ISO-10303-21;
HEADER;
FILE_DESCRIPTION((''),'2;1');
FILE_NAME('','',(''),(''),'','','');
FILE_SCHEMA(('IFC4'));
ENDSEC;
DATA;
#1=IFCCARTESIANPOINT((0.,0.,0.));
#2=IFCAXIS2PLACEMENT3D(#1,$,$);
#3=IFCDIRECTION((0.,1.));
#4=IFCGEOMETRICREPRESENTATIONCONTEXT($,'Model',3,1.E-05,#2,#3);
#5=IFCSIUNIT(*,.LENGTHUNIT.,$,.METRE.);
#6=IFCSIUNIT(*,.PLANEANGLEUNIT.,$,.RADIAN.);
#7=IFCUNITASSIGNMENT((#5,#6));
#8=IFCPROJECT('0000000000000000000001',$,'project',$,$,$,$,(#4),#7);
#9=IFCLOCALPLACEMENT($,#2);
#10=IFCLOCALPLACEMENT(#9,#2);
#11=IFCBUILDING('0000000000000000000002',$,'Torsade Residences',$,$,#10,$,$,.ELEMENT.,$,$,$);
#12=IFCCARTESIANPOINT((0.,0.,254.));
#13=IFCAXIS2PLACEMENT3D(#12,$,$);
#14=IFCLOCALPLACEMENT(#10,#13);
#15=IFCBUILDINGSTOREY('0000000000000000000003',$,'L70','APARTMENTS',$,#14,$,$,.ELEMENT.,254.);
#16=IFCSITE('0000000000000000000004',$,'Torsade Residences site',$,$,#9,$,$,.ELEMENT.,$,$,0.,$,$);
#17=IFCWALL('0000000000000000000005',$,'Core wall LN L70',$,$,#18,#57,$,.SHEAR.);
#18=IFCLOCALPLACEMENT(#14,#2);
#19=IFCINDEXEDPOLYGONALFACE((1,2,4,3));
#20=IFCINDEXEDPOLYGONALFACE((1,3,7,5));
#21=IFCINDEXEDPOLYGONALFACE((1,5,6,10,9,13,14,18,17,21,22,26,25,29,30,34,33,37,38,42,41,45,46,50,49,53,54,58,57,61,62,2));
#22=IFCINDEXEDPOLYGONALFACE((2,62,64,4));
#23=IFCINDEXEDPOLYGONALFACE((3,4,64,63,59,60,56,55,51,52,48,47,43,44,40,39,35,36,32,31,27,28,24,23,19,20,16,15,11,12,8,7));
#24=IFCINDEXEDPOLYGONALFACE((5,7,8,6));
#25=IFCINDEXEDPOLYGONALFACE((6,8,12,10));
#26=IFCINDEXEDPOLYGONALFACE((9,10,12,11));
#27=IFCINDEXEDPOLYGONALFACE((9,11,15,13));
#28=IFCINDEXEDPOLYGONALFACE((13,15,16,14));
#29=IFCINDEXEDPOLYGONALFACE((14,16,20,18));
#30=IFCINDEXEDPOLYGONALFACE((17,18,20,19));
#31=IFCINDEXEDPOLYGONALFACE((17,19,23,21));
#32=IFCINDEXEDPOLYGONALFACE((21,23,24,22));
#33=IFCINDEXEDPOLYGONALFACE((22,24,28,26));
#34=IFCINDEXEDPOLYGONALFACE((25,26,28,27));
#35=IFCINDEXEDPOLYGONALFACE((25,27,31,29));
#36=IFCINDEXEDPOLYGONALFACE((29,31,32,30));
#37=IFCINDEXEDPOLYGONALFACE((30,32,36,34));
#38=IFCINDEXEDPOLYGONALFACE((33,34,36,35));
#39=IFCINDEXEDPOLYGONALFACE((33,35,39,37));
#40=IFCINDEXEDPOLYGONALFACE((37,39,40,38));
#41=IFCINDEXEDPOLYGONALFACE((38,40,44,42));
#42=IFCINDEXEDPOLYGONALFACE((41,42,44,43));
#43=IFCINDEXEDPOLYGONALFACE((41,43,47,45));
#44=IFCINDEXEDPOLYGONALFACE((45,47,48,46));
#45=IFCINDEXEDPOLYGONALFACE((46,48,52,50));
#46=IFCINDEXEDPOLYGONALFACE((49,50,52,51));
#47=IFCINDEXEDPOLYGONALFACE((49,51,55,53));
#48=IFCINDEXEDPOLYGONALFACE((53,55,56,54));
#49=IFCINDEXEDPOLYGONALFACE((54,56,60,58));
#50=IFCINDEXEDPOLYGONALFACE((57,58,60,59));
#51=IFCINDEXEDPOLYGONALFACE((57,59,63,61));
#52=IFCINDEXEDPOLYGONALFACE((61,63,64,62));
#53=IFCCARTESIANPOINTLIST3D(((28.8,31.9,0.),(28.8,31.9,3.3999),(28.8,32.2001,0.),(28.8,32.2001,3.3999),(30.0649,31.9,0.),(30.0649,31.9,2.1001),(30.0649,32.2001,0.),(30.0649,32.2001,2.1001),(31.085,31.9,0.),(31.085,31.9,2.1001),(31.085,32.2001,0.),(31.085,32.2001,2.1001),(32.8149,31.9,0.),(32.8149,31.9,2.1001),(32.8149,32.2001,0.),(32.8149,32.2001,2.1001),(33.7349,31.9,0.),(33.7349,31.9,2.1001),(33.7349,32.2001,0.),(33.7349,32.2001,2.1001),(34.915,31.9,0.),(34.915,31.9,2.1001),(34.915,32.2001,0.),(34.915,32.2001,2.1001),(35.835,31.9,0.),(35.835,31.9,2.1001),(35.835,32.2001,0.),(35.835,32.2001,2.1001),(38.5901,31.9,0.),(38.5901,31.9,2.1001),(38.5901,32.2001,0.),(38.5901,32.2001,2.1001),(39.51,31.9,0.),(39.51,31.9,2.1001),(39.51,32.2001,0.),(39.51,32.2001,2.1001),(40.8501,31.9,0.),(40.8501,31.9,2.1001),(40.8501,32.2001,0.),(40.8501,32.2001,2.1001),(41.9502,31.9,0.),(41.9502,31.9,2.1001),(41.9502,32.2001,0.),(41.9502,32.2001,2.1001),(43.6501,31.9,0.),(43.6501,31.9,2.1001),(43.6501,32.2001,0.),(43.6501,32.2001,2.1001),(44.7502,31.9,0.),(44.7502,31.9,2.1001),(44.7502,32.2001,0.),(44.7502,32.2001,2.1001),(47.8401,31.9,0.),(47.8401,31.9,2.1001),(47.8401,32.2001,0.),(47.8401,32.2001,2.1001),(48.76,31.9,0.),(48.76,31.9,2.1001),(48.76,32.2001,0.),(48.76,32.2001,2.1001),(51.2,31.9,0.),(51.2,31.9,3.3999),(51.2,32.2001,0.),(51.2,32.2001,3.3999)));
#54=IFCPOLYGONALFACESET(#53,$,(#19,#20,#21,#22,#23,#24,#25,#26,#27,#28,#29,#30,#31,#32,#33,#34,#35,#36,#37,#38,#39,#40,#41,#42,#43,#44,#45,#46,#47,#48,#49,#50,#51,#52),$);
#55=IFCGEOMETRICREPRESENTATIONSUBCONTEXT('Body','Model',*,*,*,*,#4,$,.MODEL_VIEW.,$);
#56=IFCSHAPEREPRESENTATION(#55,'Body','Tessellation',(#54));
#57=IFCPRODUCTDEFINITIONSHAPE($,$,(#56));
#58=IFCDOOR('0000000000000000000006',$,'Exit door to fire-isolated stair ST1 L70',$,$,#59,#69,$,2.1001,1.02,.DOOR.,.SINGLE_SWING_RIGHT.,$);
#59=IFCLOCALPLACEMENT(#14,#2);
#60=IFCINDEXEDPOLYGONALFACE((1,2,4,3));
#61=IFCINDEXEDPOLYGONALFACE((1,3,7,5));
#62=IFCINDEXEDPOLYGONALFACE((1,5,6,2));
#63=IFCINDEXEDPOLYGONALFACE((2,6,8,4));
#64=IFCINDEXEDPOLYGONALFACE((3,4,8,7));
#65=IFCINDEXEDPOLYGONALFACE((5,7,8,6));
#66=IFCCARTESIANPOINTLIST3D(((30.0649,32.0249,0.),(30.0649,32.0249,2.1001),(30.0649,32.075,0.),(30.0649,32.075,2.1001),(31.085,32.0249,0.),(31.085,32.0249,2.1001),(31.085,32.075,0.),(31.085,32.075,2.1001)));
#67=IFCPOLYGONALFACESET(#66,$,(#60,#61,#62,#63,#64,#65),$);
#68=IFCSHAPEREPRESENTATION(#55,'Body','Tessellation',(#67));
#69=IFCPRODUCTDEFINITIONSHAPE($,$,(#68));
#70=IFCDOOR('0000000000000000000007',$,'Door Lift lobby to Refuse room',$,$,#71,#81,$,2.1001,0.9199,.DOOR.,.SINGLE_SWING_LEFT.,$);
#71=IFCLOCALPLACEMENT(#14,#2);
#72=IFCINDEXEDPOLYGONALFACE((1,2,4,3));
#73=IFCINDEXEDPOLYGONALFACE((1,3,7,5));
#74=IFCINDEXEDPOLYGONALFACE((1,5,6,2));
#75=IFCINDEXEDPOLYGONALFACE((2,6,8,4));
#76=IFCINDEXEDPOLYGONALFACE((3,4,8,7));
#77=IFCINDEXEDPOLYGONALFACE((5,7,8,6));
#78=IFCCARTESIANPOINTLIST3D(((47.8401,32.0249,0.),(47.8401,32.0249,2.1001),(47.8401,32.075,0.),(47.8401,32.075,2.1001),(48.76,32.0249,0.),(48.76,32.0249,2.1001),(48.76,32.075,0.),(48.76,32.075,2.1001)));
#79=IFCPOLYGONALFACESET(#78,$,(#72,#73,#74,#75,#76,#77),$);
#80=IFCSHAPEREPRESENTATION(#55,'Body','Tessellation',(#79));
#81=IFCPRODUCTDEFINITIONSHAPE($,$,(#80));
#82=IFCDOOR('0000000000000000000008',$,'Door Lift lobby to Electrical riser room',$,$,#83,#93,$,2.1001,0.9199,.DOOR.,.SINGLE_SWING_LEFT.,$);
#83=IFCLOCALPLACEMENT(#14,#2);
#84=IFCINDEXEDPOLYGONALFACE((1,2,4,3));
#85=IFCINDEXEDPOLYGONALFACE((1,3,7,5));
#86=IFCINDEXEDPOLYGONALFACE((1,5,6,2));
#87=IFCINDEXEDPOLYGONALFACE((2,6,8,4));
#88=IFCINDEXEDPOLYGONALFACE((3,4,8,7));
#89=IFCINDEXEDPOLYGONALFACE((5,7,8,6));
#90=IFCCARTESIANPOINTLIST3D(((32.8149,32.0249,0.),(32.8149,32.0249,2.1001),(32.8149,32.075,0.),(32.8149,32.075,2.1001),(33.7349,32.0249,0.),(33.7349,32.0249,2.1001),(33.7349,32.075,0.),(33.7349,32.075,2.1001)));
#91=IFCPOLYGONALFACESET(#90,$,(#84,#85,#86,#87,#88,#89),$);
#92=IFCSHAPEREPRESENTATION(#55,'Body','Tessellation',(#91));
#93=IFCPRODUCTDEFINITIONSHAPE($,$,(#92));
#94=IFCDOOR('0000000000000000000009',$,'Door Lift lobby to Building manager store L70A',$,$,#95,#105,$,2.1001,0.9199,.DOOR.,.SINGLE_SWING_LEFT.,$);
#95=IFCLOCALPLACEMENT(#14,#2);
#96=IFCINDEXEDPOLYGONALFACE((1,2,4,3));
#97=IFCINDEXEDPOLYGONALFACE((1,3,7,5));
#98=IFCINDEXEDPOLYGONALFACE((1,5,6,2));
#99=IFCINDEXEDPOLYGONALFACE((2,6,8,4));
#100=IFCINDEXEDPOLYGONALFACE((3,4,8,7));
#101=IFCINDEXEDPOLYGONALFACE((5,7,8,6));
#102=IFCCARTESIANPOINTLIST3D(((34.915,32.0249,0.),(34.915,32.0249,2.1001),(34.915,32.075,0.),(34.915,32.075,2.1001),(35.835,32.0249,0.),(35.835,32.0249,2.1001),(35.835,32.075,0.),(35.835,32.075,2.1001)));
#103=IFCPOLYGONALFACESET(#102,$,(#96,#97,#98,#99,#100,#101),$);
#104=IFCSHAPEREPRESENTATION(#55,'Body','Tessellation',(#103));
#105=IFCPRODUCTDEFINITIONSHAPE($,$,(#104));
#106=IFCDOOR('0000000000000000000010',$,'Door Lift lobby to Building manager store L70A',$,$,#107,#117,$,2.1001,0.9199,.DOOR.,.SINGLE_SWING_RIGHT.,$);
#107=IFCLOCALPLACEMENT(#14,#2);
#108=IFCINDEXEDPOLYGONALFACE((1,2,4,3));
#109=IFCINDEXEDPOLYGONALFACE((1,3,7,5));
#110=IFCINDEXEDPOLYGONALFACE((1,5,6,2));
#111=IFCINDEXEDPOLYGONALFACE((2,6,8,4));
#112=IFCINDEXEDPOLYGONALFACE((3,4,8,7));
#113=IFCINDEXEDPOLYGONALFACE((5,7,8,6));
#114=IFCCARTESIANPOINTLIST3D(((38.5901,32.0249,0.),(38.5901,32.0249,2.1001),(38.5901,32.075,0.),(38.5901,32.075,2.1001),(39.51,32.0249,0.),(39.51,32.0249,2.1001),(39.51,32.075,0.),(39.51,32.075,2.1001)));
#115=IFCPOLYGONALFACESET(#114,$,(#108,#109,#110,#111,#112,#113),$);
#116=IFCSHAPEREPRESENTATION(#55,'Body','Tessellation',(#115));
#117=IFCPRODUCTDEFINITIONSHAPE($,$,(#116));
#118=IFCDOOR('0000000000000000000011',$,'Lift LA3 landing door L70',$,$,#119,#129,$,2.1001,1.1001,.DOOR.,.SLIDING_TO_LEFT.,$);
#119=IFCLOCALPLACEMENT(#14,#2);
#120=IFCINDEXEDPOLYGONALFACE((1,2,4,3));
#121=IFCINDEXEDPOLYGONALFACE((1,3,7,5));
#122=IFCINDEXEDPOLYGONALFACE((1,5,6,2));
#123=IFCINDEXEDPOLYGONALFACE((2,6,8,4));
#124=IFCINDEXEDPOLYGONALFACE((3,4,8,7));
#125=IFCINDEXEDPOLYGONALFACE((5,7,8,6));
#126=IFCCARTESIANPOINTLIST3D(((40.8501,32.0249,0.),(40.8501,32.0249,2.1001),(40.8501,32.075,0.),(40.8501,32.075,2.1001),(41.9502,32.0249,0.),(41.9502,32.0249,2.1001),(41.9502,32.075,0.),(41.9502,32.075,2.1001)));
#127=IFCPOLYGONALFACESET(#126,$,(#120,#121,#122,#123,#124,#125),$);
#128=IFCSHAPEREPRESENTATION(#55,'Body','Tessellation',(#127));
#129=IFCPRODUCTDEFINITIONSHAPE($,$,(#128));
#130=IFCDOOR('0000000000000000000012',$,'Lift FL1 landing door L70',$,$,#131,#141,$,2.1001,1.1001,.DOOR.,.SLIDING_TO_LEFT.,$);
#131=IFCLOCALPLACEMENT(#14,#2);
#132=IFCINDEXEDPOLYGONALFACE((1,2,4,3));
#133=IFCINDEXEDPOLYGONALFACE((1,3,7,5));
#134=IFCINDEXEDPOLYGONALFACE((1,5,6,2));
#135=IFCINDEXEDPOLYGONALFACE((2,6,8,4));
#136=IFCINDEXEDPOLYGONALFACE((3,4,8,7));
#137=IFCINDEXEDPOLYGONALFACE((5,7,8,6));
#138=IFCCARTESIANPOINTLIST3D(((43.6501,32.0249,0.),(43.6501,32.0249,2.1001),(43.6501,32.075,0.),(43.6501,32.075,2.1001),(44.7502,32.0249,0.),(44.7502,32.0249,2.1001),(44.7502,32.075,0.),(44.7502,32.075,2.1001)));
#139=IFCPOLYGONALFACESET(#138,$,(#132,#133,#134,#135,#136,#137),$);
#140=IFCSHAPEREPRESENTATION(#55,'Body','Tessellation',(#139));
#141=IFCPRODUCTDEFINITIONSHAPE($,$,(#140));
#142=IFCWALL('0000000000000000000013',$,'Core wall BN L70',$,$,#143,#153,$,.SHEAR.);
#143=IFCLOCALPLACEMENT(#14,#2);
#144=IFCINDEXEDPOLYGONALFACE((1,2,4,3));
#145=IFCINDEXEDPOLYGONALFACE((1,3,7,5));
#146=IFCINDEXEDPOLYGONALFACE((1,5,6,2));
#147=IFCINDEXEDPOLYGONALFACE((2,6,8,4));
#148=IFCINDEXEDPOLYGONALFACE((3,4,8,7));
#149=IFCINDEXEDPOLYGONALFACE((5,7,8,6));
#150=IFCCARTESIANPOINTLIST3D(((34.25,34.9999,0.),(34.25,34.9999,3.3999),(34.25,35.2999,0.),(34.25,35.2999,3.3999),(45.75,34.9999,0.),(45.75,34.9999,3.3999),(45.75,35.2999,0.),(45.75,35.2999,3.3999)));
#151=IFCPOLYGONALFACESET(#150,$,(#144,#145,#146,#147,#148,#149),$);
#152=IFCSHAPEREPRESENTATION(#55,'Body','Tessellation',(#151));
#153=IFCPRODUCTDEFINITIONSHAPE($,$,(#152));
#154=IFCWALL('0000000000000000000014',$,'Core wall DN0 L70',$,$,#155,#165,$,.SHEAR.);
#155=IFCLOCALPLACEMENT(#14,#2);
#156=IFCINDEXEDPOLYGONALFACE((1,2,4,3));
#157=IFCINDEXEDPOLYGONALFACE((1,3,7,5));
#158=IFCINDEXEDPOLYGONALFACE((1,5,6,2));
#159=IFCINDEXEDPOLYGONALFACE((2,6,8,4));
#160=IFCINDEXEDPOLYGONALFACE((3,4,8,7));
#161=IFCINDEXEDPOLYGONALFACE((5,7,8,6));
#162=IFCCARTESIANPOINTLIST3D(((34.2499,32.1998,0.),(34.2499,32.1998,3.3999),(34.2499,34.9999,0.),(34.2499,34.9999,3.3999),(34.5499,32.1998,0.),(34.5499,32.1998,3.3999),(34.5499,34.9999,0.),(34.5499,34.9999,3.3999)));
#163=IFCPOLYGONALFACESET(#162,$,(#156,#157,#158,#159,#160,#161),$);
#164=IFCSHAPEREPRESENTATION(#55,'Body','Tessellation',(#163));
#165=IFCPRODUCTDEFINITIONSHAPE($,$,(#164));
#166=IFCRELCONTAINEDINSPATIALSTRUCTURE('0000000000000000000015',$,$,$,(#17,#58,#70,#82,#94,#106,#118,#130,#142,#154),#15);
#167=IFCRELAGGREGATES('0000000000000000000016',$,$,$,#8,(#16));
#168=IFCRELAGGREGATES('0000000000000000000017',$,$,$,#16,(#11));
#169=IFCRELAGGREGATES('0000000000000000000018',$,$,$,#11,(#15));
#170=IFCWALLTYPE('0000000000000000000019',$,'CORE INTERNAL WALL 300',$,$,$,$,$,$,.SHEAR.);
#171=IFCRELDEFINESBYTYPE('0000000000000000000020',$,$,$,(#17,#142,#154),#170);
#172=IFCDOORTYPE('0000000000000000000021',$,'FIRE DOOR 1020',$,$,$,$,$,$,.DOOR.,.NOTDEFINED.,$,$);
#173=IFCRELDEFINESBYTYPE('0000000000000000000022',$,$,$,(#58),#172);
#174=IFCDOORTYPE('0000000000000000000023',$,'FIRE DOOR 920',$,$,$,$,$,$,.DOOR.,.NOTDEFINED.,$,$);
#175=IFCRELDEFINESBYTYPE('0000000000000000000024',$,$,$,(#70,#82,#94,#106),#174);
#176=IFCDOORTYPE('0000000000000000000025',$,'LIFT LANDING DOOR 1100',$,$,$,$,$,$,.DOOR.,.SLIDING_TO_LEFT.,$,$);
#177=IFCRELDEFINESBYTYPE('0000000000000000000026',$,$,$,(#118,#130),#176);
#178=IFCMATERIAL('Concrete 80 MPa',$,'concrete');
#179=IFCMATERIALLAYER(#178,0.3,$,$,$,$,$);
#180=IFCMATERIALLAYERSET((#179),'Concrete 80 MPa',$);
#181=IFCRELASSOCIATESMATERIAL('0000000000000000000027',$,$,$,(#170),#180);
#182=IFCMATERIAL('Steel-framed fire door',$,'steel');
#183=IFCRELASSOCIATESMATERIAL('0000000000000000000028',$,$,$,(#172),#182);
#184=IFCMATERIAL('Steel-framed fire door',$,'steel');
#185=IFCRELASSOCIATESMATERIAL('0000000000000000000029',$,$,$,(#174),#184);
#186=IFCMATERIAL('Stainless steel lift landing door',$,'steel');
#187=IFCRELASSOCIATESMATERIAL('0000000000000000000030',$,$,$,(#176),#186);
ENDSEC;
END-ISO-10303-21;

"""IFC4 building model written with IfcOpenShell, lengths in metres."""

from ifc_helpers import new_model, si_unit, direction, frame, frame_2d, origin, place, context, subcontext, project, spatial, rectangle, extrude, material, layer, layer_set, type_object, element, fill, save


model = new_model("IFC4")

# Units and contexts
model_context = context("Model", 3, precision=1e-05, world=origin(), true_north=direction((0.0, 1.0)))
body_context = subcontext(model_context, "Body", "Model", "MODEL_VIEW")
ifc_project = project(units=[si_unit("LENGTHUNIT", "METRE"), si_unit("PLANEANGLEUNIT", "RADIAN")], contexts=[model_context])

# Site, building, storey
site_placement = place(None, origin())
site = spatial("IfcSite", under=ifc_project, at=site_placement, Name="Torsade Residences site", CompositionType="ELEMENT", RefElevation=0.0)
building_placement = place(site_placement, origin())
building = spatial("IfcBuilding", under=site, at=building_placement, Name="Torsade Residences", CompositionType="ELEMENT")
storey_placement = place(building_placement, frame((0.0, 0.0, 254.0)))
storey = spatial("IfcBuildingStorey", under=building, at=storey_placement, Name="L70", Description="APARTMENTS", CompositionType="ELEMENT", Elevation=254.0)

# Wall, openings, doors
ifc_material_1 = material(Name="Concrete 80 MPa", Category="concrete")
ifc_layer_1 = layer(ifc_material_1, 0.3)
ifc_layer_set_1 = layer_set([ifc_layer_1], Name="Concrete 80 MPa")
wall_type_1 = type_object("IfcWallType", Name="CORE INTERNAL WALL 300", PredefinedType="SHEAR", material=ifc_layer_set_1)
wall_1_placement = place(storey_placement, frame((28.8, 32.05, 0.0), z_axis=(0.0, 0.0, 1.0), x_axis=(1.0, 0.0, 0.0)))
wall_1 = element("IfcWall", 1, at=wall_1_placement, inside=storey, type_object=wall_type_1, Name="Core wall LN L70", PredefinedType="SHEAR", context=body_context, shape_type="SweptSolid", body=[
    extrude(rectangle(XDim=22.3999, YDim=0.3, at=frame_2d((11.2, 0.0))), origin(), (0.0, 0.0, 1.0), 3.3999),
])
opening_1_placement = place(wall_1_placement, frame((19.04, 0.0, 0.0)))
opening_1 = element("IfcOpeningElement", 2, at=opening_1_placement, cuts=wall_1, PredefinedType="OPENING", context=body_context, shape_type="SweptSolid", body=[
    extrude(rectangle(XDim=0.9199, YDim=2.1001, at=frame_2d((0.46, 1.05))), frame((0.0, 0.1599, 0.0), z_axis=(0.0, -1.0, 0.0), x_axis=(1.0, 0.0, 0.0)), (0.0, 0.0, 1.0), 0.3201),
])
opening_2_placement = place(wall_1_placement, frame((1.2649, 0.0, 0.0)))
opening_2 = element("IfcOpeningElement", 3, at=opening_2_placement, cuts=wall_1, PredefinedType="OPENING", context=body_context, shape_type="SweptSolid", body=[
    extrude(rectangle(XDim=1.02, YDim=2.1001, at=frame_2d((0.51, 1.05))), frame((0.0, 0.1599, 0.0), z_axis=(0.0, -1.0, 0.0), x_axis=(1.0, 0.0, 0.0)), (0.0, 0.0, 1.0), 0.3201),
])
opening_3_placement = place(wall_1_placement, frame((4.0149, 0.0, 0.0)))
opening_3 = element("IfcOpeningElement", 4, at=opening_3_placement, cuts=wall_1, PredefinedType="OPENING", context=body_context, shape_type="SweptSolid", body=[
    extrude(rectangle(XDim=0.9199, YDim=2.1001, at=frame_2d((0.46, 1.05))), frame((0.0, 0.1599, 0.0), z_axis=(0.0, -1.0, 0.0), x_axis=(1.0, 0.0, 0.0)), (0.0, 0.0, 1.0), 0.3201),
])
opening_4_placement = place(wall_1_placement, frame((6.115, 0.0, 0.0)))
opening_4 = element("IfcOpeningElement", 5, at=opening_4_placement, cuts=wall_1, PredefinedType="OPENING", context=body_context, shape_type="SweptSolid", body=[
    extrude(rectangle(XDim=0.9199, YDim=2.1001, at=frame_2d((0.46, 1.05))), frame((0.0, 0.1599, 0.0), z_axis=(0.0, -1.0, 0.0), x_axis=(1.0, 0.0, 0.0)), (0.0, 0.0, 1.0), 0.3201),
])
opening_5_placement = place(wall_1_placement, frame((9.79, 0.0, 0.0)))
opening_5 = element("IfcOpeningElement", 6, at=opening_5_placement, cuts=wall_1, PredefinedType="OPENING", context=body_context, shape_type="SweptSolid", body=[
    extrude(rectangle(XDim=0.9199, YDim=2.1001, at=frame_2d((0.46, 1.05))), frame((0.0, 0.1599, 0.0), z_axis=(0.0, -1.0, 0.0), x_axis=(1.0, 0.0, 0.0)), (0.0, 0.0, 1.0), 0.3201),
])
opening_6_placement = place(wall_1_placement, frame((12.05, 0.0, 0.0)))
opening_6 = element("IfcOpeningElement", 7, at=opening_6_placement, cuts=wall_1, PredefinedType="OPENING", context=body_context, shape_type="SweptSolid", body=[
    extrude(rectangle(XDim=1.1001, YDim=2.1001, at=frame_2d((0.55, 1.05))), frame((0.0, 0.1599, 0.0), z_axis=(0.0, -1.0, 0.0), x_axis=(1.0, 0.0, 0.0)), (0.0, 0.0, 1.0), 0.3201),
])
opening_7_placement = place(wall_1_placement, frame((14.8501, 0.0, 0.0)))
opening_7 = element("IfcOpeningElement", 8, at=opening_7_placement, cuts=wall_1, PredefinedType="OPENING", context=body_context, shape_type="SweptSolid", body=[
    extrude(rectangle(XDim=1.1001, YDim=2.1001, at=frame_2d((0.55, 1.05))), frame((0.0, 0.1599, 0.0), z_axis=(0.0, -1.0, 0.0), x_axis=(1.0, 0.0, 0.0)), (0.0, 0.0, 1.0), 0.3201),
])
ifc_material_2 = material(Name="Steel-framed fire door", Category="steel")
door_type_1 = type_object("IfcDoorType", Name="FIRE DOOR 1020", OperationType="NOTDEFINED", PredefinedType="DOOR", material=ifc_material_2)
door_1_placement = place(opening_2_placement, origin())
door_1 = element("IfcDoor", 9, at=door_1_placement, inside=storey, type_object=door_type_1, Name="Exit door to fire-isolated stair ST1 L70", OperationType="SINGLE_SWING_RIGHT", OverallHeight=2.1001, OverallWidth=1.02, PredefinedType="DOOR", context=body_context, shape_type="SweptSolid", body=[
    extrude(rectangle(XDim=1.02, YDim=2.1001, at=frame_2d((0.51, 1.05))), frame((0.0, 0.0249, 0.0), z_axis=(0.0, -1.0, 0.0), x_axis=(1.0, 0.0, 0.0)), (0.0, 0.0, 1.0), 0.05),
])
fill(opening_2, door_1)
ifc_material_3 = material(Name="Steel-framed fire door", Category="steel")
door_type_2 = type_object("IfcDoorType", Name="FIRE DOOR 920", OperationType="NOTDEFINED", PredefinedType="DOOR", material=ifc_material_3)
door_2_placement = place(opening_1_placement, origin())
door_2 = element("IfcDoor", 10, at=door_2_placement, inside=storey, type_object=door_type_2, Name="Door Lift lobby to Refuse room", OperationType="SINGLE_SWING_LEFT", OverallHeight=2.1001, OverallWidth=0.9199, PredefinedType="DOOR", context=body_context, shape_type="SweptSolid", body=[
    extrude(rectangle(XDim=0.9199, YDim=2.1001, at=frame_2d((0.46, 1.05))), frame((0.0, 0.0249, 0.0), z_axis=(0.0, -1.0, 0.0), x_axis=(1.0, 0.0, 0.0)), (0.0, 0.0, 1.0), 0.05),
])
fill(opening_1, door_2)
door_3_placement = place(opening_3_placement, origin())
door_3 = element("IfcDoor", 11, at=door_3_placement, inside=storey, type_object=door_type_2, Name="Door Lift lobby to Electrical riser room", OperationType="SINGLE_SWING_LEFT", OverallHeight=2.1001, OverallWidth=0.9199, PredefinedType="DOOR", context=body_context, shape_type="SweptSolid", body=[
    extrude(rectangle(XDim=0.9199, YDim=2.1001, at=frame_2d((0.46, 1.05))), frame((0.0, 0.0249, 0.0), z_axis=(0.0, -1.0, 0.0), x_axis=(1.0, 0.0, 0.0)), (0.0, 0.0, 1.0), 0.05),
])
fill(opening_3, door_3)
door_4_placement = place(opening_4_placement, origin())
door_4 = element("IfcDoor", 12, at=door_4_placement, inside=storey, type_object=door_type_2, Name="Door Lift lobby to Building manager store L70A", OperationType="SINGLE_SWING_LEFT", OverallHeight=2.1001, OverallWidth=0.9199, PredefinedType="DOOR", context=body_context, shape_type="SweptSolid", body=[
    extrude(rectangle(XDim=0.9199, YDim=2.1001, at=frame_2d((0.46, 1.05))), frame((0.0, 0.0249, 0.0), z_axis=(0.0, -1.0, 0.0), x_axis=(1.0, 0.0, 0.0)), (0.0, 0.0, 1.0), 0.05),
])
fill(opening_4, door_4)
door_5_placement = place(opening_5_placement, origin())
door_5 = element("IfcDoor", 13, at=door_5_placement, inside=storey, type_object=door_type_2, Name="Door Lift lobby to Building manager store L70A", OperationType="SINGLE_SWING_RIGHT", OverallHeight=2.1001, OverallWidth=0.9199, PredefinedType="DOOR", context=body_context, shape_type="SweptSolid", body=[
    extrude(rectangle(XDim=0.9199, YDim=2.1001, at=frame_2d((0.46, 1.05))), frame((0.0, 0.0249, 0.0), z_axis=(0.0, -1.0, 0.0), x_axis=(1.0, 0.0, 0.0)), (0.0, 0.0, 1.0), 0.05),
])
fill(opening_5, door_5)
ifc_material_4 = material(Name="Stainless steel lift landing door", Category="steel")
door_type_3 = type_object("IfcDoorType", Name="LIFT LANDING DOOR 1100", OperationType="SLIDING_TO_LEFT", PredefinedType="DOOR", material=ifc_material_4)
door_6_placement = place(opening_6_placement, origin())
door_6 = element("IfcDoor", 14, at=door_6_placement, inside=storey, type_object=door_type_3, Name="Lift LA3 landing door L70", OperationType="SLIDING_TO_LEFT", OverallHeight=2.1001, OverallWidth=1.1001, PredefinedType="DOOR", context=body_context, shape_type="SweptSolid", body=[
    extrude(rectangle(XDim=1.1001, YDim=2.1001, at=frame_2d((0.55, 1.05))), frame((0.0, 0.0249, 0.0), z_axis=(0.0, -1.0, 0.0), x_axis=(1.0, 0.0, 0.0)), (0.0, 0.0, 1.0), 0.05),
])
fill(opening_6, door_6)
door_7_placement = place(opening_7_placement, origin())
door_7 = element("IfcDoor", 15, at=door_7_placement, inside=storey, type_object=door_type_3, Name="Lift FL1 landing door L70", OperationType="SLIDING_TO_LEFT", OverallHeight=2.1001, OverallWidth=1.1001, PredefinedType="DOOR", context=body_context, shape_type="SweptSolid", body=[
    extrude(rectangle(XDim=1.1001, YDim=2.1001, at=frame_2d((0.55, 1.05))), frame((0.0, 0.0249, 0.0), z_axis=(0.0, -1.0, 0.0), x_axis=(1.0, 0.0, 0.0)), (0.0, 0.0, 1.0), 0.05),
])
fill(opening_7, door_7)

# Walls
wall_2_placement = place(storey_placement, frame((34.25, 35.1499, 0.0), z_axis=(0.0, 0.0, 1.0), x_axis=(1.0, 0.0, 0.0)))
element("IfcWall", 16, at=wall_2_placement, inside=storey, type_object=wall_type_1, Name="Core wall BN L70", PredefinedType="SHEAR", context=body_context, shape_type="SweptSolid", body=[
    extrude(rectangle(XDim=11.5, YDim=0.3, at=frame_2d((5.75, 0.0))), origin(), (0.0, 0.0, 1.0), 3.3999),
])
wall_3_placement = place(storey_placement, frame((34.3999, 32.2, 0.0), z_axis=(0.0, 0.0, 1.0), x_axis=(0.0, 1.0, 0.0)))
element("IfcWall", 17, at=wall_3_placement, inside=storey, type_object=wall_type_1, Name="Core wall DN0 L70", PredefinedType="SHEAR", context=body_context, shape_type="SweptSolid", body=[
    extrude(rectangle(XDim=2.8, YDim=0.3, at=frame_2d((1.3999, 0.0))), origin(), (0.0, 0.0, 1.0), 3.3999),
])

save(model, "model.ifc")
